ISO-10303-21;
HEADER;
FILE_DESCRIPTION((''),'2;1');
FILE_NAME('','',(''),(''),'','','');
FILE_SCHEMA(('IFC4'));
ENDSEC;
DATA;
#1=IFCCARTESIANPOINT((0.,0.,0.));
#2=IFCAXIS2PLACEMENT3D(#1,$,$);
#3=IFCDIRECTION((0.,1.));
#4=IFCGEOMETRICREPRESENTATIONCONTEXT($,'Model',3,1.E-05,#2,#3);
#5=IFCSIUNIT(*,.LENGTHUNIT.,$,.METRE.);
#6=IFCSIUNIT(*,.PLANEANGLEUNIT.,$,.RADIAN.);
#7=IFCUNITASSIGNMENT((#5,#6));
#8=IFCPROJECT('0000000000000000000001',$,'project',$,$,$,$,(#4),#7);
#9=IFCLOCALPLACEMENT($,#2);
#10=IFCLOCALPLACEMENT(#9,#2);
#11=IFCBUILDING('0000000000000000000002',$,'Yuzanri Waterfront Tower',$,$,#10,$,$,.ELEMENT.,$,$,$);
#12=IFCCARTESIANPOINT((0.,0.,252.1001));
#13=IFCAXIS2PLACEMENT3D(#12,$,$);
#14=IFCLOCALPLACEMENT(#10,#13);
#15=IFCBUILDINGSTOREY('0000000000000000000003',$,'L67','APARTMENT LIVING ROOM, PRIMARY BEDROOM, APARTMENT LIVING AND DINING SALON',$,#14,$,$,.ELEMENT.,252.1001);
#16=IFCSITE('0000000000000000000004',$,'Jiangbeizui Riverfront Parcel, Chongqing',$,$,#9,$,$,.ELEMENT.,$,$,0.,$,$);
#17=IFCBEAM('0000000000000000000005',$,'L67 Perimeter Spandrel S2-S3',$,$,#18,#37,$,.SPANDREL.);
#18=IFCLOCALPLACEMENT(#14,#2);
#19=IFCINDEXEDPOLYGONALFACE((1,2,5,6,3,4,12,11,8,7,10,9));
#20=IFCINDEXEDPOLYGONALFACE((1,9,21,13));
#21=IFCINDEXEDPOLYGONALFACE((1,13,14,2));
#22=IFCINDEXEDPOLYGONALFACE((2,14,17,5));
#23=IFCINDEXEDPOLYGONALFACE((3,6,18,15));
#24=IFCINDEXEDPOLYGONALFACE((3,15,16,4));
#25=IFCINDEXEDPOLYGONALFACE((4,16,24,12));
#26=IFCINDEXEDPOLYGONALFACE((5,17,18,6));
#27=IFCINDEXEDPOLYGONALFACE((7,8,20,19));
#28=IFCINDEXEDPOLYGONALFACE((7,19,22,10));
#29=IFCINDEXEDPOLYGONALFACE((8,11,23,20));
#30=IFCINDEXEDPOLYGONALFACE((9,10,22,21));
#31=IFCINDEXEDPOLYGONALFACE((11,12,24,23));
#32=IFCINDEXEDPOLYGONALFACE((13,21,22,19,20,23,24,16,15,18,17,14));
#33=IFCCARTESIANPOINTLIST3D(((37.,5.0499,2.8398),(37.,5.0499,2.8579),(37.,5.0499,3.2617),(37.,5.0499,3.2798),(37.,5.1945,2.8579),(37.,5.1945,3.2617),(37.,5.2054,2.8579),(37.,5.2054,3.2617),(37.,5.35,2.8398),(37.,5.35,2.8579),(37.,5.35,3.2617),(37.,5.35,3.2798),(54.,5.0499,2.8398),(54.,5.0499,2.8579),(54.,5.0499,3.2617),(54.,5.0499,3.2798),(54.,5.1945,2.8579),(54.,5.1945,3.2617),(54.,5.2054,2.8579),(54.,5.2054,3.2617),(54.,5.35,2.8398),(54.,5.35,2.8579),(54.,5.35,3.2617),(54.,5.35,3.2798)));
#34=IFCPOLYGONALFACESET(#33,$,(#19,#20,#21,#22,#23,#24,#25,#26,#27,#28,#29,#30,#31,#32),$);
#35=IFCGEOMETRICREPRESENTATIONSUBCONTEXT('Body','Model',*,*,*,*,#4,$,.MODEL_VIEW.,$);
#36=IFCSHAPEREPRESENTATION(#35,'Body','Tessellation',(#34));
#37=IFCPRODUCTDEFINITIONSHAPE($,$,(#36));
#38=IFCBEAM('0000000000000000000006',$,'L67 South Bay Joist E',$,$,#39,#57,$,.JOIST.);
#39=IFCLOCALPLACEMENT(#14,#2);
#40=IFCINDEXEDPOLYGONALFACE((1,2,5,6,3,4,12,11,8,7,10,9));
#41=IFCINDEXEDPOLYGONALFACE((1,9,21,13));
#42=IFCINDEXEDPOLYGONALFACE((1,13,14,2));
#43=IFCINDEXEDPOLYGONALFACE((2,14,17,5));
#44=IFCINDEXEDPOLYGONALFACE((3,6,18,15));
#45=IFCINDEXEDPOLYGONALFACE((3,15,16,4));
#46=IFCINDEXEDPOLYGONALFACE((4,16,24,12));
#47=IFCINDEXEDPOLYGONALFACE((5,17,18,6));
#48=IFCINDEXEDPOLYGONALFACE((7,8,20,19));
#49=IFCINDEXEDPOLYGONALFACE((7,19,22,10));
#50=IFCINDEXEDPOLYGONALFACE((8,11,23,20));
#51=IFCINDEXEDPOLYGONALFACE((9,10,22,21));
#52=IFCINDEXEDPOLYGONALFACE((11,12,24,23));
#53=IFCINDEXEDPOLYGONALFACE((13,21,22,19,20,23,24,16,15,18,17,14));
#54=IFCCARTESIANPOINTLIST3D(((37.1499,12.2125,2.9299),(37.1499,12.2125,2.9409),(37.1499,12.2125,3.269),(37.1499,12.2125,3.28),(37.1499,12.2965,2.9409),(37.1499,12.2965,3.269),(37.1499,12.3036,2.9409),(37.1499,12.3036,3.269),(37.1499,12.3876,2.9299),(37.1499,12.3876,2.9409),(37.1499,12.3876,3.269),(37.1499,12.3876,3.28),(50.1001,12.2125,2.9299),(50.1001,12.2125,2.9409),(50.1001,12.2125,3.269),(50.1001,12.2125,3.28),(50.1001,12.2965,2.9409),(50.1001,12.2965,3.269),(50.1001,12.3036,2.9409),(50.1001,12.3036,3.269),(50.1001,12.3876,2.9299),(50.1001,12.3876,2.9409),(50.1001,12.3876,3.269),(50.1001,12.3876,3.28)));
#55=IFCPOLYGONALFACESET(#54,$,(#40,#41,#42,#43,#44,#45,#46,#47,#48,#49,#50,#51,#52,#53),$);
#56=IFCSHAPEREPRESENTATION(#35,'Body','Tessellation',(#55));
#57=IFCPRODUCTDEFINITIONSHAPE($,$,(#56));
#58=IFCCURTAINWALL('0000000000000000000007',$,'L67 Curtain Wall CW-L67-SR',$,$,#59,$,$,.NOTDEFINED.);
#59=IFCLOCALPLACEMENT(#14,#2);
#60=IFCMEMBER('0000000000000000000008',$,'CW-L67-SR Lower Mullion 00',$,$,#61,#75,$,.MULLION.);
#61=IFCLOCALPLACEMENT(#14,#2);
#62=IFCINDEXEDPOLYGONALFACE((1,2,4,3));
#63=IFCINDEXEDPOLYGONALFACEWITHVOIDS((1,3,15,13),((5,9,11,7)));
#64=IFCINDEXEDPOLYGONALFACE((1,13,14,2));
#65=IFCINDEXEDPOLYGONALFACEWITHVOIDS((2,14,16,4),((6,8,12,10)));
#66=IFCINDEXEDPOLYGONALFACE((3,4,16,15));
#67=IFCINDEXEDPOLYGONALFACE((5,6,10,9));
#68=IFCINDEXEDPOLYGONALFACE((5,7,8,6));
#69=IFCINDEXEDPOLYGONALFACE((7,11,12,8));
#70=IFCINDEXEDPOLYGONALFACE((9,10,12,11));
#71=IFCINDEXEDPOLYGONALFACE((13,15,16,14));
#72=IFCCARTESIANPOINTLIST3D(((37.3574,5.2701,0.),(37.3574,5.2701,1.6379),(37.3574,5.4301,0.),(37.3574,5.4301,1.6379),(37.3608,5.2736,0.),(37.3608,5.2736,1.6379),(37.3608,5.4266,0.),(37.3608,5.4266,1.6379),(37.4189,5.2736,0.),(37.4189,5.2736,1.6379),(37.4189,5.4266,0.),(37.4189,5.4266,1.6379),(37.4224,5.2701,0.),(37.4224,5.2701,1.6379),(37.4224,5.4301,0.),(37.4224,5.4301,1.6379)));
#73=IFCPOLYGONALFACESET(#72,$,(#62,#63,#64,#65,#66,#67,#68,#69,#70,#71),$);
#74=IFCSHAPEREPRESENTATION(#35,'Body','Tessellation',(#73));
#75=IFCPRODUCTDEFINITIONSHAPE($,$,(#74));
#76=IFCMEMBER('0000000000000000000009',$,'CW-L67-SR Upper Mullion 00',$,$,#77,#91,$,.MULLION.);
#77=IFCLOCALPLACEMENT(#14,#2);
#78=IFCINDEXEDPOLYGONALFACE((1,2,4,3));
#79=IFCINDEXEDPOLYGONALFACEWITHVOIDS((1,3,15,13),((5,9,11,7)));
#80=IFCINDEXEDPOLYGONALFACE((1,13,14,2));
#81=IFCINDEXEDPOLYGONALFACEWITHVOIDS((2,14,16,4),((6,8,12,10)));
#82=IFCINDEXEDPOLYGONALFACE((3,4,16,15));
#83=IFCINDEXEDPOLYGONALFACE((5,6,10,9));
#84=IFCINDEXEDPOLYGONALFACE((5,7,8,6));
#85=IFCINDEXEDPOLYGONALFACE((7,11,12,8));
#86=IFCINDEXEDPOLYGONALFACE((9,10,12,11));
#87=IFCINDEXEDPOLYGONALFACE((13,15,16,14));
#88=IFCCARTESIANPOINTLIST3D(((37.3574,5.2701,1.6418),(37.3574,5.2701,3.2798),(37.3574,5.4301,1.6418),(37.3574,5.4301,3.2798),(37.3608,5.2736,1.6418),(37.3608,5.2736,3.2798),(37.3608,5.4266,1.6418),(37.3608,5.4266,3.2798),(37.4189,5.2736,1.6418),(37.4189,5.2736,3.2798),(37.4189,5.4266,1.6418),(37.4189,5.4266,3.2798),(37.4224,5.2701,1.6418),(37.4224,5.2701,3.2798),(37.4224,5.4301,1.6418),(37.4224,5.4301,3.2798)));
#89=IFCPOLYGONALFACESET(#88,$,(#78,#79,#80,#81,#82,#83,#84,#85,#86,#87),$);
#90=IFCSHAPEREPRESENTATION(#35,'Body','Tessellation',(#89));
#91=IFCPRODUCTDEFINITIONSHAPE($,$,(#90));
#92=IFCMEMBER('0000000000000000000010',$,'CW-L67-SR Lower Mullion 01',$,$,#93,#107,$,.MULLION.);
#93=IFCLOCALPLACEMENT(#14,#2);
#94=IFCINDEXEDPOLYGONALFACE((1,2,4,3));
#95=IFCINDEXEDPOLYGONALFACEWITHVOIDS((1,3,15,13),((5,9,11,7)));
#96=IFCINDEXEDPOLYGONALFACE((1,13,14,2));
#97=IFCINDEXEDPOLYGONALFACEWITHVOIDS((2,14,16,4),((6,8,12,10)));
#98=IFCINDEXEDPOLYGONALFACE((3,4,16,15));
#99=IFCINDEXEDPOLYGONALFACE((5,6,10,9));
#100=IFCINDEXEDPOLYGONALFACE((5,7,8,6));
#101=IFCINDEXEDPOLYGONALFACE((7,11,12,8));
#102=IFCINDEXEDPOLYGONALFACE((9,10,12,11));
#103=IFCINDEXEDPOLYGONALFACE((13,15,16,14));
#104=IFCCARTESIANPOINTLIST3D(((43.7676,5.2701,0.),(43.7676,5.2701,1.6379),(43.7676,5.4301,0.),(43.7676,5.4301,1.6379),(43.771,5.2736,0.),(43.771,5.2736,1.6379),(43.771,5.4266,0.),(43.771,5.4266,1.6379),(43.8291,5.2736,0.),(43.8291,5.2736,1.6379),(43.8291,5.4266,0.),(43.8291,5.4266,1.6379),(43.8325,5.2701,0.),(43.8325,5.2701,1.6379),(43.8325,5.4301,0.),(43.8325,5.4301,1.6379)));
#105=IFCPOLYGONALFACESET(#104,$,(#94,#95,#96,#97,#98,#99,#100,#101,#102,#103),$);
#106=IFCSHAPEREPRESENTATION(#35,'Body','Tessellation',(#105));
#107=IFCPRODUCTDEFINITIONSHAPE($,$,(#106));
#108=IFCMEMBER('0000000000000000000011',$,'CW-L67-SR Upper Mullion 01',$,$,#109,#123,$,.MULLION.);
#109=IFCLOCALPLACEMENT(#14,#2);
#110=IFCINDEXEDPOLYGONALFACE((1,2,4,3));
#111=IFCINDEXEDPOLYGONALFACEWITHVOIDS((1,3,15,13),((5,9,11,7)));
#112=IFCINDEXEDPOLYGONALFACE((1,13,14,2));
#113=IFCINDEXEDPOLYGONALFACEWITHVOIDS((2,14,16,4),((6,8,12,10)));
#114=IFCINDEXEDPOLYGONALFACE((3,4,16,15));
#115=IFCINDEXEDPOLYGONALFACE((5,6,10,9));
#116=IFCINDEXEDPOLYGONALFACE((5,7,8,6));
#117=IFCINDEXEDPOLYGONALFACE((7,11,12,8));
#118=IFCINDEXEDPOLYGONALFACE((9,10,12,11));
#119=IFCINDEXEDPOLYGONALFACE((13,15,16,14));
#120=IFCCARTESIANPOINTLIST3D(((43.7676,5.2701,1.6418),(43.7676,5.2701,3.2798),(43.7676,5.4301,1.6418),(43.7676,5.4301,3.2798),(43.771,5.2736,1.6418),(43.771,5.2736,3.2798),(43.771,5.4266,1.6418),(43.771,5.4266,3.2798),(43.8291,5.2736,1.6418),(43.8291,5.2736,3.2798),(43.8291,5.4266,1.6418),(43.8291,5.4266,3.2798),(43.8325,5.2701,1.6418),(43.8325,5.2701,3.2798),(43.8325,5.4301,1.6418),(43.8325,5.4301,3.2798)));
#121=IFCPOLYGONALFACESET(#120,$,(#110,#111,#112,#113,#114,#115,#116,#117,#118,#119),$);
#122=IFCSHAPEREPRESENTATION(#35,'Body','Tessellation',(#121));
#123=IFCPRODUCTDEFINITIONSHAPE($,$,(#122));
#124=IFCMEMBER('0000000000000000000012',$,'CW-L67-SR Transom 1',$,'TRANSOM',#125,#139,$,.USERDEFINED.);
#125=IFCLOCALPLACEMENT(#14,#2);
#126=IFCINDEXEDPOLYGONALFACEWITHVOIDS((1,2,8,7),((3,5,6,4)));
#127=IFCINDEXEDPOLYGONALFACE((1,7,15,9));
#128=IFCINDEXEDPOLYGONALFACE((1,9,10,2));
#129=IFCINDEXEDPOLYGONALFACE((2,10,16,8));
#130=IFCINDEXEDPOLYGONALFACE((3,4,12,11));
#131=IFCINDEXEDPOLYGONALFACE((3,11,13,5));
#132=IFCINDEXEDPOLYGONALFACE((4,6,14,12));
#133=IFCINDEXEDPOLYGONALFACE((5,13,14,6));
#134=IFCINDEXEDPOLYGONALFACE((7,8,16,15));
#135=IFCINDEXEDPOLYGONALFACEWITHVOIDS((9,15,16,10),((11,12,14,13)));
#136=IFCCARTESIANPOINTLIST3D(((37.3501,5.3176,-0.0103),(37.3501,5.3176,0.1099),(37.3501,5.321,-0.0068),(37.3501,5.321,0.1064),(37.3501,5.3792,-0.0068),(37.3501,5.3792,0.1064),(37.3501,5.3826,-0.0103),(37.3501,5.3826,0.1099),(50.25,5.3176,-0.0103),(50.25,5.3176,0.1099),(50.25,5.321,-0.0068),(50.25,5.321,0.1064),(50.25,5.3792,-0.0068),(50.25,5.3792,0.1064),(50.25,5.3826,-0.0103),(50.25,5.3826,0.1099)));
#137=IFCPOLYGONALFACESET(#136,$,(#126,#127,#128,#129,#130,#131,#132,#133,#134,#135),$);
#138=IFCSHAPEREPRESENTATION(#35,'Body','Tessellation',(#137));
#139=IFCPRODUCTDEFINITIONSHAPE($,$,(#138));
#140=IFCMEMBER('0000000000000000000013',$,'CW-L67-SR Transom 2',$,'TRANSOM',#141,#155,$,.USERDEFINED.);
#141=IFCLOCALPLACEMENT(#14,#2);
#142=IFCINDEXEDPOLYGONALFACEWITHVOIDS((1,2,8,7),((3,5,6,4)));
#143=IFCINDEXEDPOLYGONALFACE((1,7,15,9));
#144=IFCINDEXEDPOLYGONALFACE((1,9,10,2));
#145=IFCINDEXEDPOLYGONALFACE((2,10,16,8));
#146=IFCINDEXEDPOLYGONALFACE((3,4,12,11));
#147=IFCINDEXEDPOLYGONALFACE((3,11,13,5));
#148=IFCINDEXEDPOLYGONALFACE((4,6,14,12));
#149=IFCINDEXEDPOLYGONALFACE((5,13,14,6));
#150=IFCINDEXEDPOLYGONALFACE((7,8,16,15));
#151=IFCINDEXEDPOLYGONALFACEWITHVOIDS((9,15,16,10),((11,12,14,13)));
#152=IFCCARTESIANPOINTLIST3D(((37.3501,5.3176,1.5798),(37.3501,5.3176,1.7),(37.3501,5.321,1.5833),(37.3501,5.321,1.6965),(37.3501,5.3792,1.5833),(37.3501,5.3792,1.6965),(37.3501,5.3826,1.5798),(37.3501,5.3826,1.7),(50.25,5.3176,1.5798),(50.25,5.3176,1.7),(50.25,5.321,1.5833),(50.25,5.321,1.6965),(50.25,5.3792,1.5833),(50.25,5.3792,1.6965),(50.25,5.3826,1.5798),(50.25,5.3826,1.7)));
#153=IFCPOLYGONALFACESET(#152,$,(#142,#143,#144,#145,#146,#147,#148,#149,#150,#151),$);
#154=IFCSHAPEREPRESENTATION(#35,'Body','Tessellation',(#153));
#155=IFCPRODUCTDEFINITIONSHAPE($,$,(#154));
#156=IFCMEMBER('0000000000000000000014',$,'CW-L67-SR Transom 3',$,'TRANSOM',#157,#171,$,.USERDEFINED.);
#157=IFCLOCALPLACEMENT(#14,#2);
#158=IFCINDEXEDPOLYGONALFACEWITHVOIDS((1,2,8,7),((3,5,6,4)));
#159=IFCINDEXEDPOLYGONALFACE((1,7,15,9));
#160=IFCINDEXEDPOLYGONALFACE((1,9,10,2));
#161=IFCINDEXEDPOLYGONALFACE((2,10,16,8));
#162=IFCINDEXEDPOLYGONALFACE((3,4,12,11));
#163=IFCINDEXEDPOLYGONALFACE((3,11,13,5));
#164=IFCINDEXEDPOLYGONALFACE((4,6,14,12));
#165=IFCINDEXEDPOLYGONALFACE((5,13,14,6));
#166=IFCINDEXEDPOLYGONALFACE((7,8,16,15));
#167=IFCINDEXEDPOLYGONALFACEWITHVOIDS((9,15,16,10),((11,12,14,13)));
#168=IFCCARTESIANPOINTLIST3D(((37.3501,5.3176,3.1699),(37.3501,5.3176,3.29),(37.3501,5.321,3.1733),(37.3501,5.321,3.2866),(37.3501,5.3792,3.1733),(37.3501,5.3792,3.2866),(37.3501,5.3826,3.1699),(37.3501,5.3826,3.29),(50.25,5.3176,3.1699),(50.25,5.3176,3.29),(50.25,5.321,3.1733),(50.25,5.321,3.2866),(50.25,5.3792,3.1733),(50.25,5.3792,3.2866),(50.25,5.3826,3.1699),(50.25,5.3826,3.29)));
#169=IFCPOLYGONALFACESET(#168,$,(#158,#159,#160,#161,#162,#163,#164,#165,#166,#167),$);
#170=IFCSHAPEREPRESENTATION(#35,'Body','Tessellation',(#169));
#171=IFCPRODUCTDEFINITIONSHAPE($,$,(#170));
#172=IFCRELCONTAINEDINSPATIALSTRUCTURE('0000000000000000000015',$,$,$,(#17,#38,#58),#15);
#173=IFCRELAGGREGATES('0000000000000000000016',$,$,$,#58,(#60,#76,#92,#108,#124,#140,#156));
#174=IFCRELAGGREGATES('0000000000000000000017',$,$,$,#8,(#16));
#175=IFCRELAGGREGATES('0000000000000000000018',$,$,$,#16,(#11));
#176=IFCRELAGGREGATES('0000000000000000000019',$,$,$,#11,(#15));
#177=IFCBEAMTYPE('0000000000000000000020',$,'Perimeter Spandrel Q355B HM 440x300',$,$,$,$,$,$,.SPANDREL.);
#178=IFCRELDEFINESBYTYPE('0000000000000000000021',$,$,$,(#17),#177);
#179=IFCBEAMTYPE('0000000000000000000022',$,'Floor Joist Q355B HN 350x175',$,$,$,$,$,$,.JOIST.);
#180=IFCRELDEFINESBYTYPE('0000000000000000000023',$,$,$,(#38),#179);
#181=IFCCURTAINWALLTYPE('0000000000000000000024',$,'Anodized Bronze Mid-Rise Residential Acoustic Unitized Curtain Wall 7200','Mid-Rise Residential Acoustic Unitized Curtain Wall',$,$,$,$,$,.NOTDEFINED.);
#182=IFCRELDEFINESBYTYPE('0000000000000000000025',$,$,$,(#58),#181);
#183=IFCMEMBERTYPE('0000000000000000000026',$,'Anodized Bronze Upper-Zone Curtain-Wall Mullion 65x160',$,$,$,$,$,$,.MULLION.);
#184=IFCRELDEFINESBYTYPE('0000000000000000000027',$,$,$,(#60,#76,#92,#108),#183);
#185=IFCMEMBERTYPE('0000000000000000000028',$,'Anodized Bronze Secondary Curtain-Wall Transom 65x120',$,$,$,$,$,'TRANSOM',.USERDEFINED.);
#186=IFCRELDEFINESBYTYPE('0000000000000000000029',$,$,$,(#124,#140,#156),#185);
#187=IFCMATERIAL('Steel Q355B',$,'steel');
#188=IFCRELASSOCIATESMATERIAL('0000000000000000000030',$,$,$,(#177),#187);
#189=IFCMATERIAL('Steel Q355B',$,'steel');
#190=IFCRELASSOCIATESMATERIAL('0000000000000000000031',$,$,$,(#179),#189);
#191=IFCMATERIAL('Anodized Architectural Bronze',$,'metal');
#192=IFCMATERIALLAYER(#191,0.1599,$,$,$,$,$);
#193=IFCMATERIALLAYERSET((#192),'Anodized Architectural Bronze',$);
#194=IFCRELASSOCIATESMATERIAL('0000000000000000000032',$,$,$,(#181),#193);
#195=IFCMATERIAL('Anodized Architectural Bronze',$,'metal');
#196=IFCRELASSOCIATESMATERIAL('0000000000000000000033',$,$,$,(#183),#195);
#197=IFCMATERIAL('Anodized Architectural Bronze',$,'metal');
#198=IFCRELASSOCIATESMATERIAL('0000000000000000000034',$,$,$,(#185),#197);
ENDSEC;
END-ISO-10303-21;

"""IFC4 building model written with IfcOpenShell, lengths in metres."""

from ifc_helpers import new_model, si_unit, direction, frame, origin, origin_2d, place, context, subcontext, project, spatial, hollow_rectangle, i_section, extrude, source, transform, mapped, material, layer, layer_set, material_profile, profile_set, type_object, element, aggregate, save


model = new_model("IFC4")

# Units and contexts
model_context = context("Model", 3, precision=1e-05, world=origin(), true_north=direction((0.0, 1.0)))
body_context = subcontext(model_context, "Body", "Model", "MODEL_VIEW")
ifc_project = project(units=[si_unit("LENGTHUNIT", "METRE"), si_unit("PLANEANGLEUNIT", "RADIAN")], contexts=[model_context])

# Site, building, storey
site_placement = place(None, origin())
site = spatial("IfcSite", under=ifc_project, at=site_placement, Name="Jiangbeizui Riverfront Parcel, Chongqing", CompositionType="ELEMENT", RefElevation=0.0)
building_placement = place(site_placement, origin())
building = spatial("IfcBuilding", under=site, at=building_placement, Name="Yuzanri Waterfront Tower", CompositionType="ELEMENT")
storey_placement = place(building_placement, frame((0.0, 0.0, 252.1001)))
storey = spatial("IfcBuildingStorey", under=building, at=storey_placement, Name="L67", Description="APARTMENT LIVING ROOM, PRIMARY BEDROOM, APARTMENT LIVING AND DINING SALON", CompositionType="ELEMENT", Elevation=252.1001)

# Beams
ifc_material_1 = material(Name="Steel Q355B", Category="steel")
ifc_material_profile_1 = material_profile(ifc_material_1, i_section(OverallWidth=0.3, OverallDepth=0.4399, WebThickness=0.011, FlangeThickness=0.0181, at=origin_2d()), Name="HM 440x300x11x18")
ifc_profile_set_1 = profile_set([ifc_material_profile_1], Name="Steel Q355B")
beam_type_1 = type_object("IfcBeamType", Name="Perimeter Spandrel Q355B HM 440x300", PredefinedType="SPANDREL", material=ifc_profile_set_1)
shared_shape_1 = source(origin(), body_context, "Body", "SweptSolid", [
    extrude(i_section(OverallWidth=0.3, OverallDepth=0.4399, WebThickness=0.011, FlangeThickness=0.0181, at=origin_2d()), origin(), (0.0, 0.0, 1.0), 17.0),
])
beam_1_placement = place(storey_placement, frame((37.0, 5.2, 3.0598), z_axis=(1.0, 0.0, 0.0), x_axis=(0.0, 1.0, 0.0)))
element("IfcBeam", 1, at=beam_1_placement, inside=storey, type_object=beam_type_1, Name="L67 Perimeter Spandrel S2-S3", PredefinedType="SPANDREL", context=body_context, shape_type="MappedRepresentation", body=[
    mapped(shared_shape_1, transform((0.0, 0.0, 0.0), scale=1.0)),
])
ifc_material_2 = material(Name="Steel Q355B", Category="steel")
ifc_material_profile_2 = material_profile(ifc_material_2, i_section(OverallWidth=0.175, OverallDepth=0.3501, WebThickness=0.0071, FlangeThickness=0.011, at=origin_2d()), Name="HN 350x175x7x11")
ifc_profile_set_2 = profile_set([ifc_material_profile_2], Name="Steel Q355B")
beam_type_2 = type_object("IfcBeamType", Name="Floor Joist Q355B HN 350x175", PredefinedType="JOIST", material=ifc_profile_set_2)
shared_shape_2 = source(origin(), body_context, "Body", "SweptSolid", [
    extrude(i_section(OverallWidth=0.175, OverallDepth=0.3501, WebThickness=0.0071, FlangeThickness=0.011, at=origin_2d()), origin(), (0.0, 0.0, 1.0), 12.9502),
])
beam_2_placement = place(storey_placement, frame((37.1499, 12.3, 3.105), z_axis=(1.0, 0.0, 0.0), x_axis=(0.0, 1.0, 0.0)))
element("IfcBeam", 2, at=beam_2_placement, inside=storey, type_object=beam_type_2, Name="L67 South Bay Joist E", PredefinedType="JOIST", context=body_context, shape_type="MappedRepresentation", body=[
    mapped(shared_shape_2, transform((0.0, 0.0, 0.0), scale=1.0)),
])

# Curtain wall, members
ifc_material_3 = material(Name="Anodized Architectural Bronze", Category="metal")
ifc_layer_1 = layer(ifc_material_3, 0.1599)
ifc_layer_set_1 = layer_set([ifc_layer_1], Name="Anodized Architectural Bronze")
curtain_wall_type = type_object("IfcCurtainWallType", Name="Anodized Bronze Mid-Rise Residential Acoustic Unitized Curtain Wall 7200", Description="Mid-Rise Residential Acoustic Unitized Curtain Wall", PredefinedType="NOTDEFINED", material=ifc_layer_set_1)
curtain_wall_placement = place(storey_placement, origin())
curtain_wall = element("IfcCurtainWall", 3, at=curtain_wall_placement, inside=storey, type_object=curtain_wall_type, Name="L67 Curtain Wall CW-L67-SR", PredefinedType="NOTDEFINED")
ifc_material_4 = material(Name="Anodized Architectural Bronze", Category="metal")
ifc_material_profile_3 = material_profile(ifc_material_4, hollow_rectangle(XDim=0.0649, YDim=0.1599, WallThickness=0.0034, at=origin_2d()), Name="CWM 65x160")
ifc_profile_set_3 = profile_set([ifc_material_profile_3], Name="Anodized Architectural Bronze")
member_type_1 = type_object("IfcMemberType", Name="Anodized Bronze Upper-Zone Curtain-Wall Mullion 65x160", PredefinedType="MULLION", material=ifc_profile_set_3)
shared_shape_3 = source(origin(), body_context, "Body", "SweptSolid", [
    extrude(hollow_rectangle(XDim=0.0649, YDim=0.1599, WallThickness=0.0034, at=origin_2d()), origin(), (0.0, 0.0, 1.0), 1.6379),
])
member_1_placement = place(storey_placement, frame((37.3899, 5.3501, 0.0), z_axis=(0.0, 0.0, 1.0), x_axis=(1.0, 0.0, 0.0)))
member_1 = element("IfcMember", 4, at=member_1_placement, type_object=member_type_1, Name="CW-L67-SR Lower Mullion 00", PredefinedType="MULLION", context=body_context, shape_type="MappedRepresentation", body=[
    mapped(shared_shape_3, transform((0.0, 0.0, 0.0), scale=1.0)),
])
member_2_placement = place(storey_placement, frame((37.3899, 5.3501, 1.6418), z_axis=(0.0, 0.0, 1.0), x_axis=(1.0, 0.0, 0.0)))
member_2 = element("IfcMember", 5, at=member_2_placement, type_object=member_type_1, Name="CW-L67-SR Upper Mullion 00", PredefinedType="MULLION", context=body_context, shape_type="MappedRepresentation", body=[
    mapped(shared_shape_3, transform((0.0, 0.0, 0.0), scale=1.0)),
])
member_3_placement = place(storey_placement, frame((43.8, 5.3501, 0.0), z_axis=(0.0, 0.0, 1.0), x_axis=(1.0, 0.0, 0.0)))
member_3 = element("IfcMember", 6, at=member_3_placement, type_object=member_type_1, Name="CW-L67-SR Lower Mullion 01", PredefinedType="MULLION", context=body_context, shape_type="MappedRepresentation", body=[
    mapped(shared_shape_3, transform((0.0, 0.0, 0.0), scale=1.0)),
])
member_4_placement = place(storey_placement, frame((43.8, 5.3501, 1.6418), z_axis=(0.0, 0.0, 1.0), x_axis=(1.0, 0.0, 0.0)))
member_4 = element("IfcMember", 7, at=member_4_placement, type_object=member_type_1, Name="CW-L67-SR Upper Mullion 01", PredefinedType="MULLION", context=body_context, shape_type="MappedRepresentation", body=[
    mapped(shared_shape_3, transform((0.0, 0.0, 0.0), scale=1.0)),
])
ifc_material_5 = material(Name="Anodized Architectural Bronze", Category="metal")
ifc_material_profile_4 = material_profile(ifc_material_5, hollow_rectangle(XDim=0.0649, YDim=0.1201, WallThickness=0.0034, at=origin_2d()), Name="CWT 65x120")
ifc_profile_set_4 = profile_set([ifc_material_profile_4], Name="Anodized Architectural Bronze")
member_type_2 = type_object("IfcMemberType", Name="Anodized Bronze Secondary Curtain-Wall Transom 65x120", ElementType="TRANSOM", PredefinedType="USERDEFINED", material=ifc_profile_set_4)
shared_shape_4 = source(origin(), body_context, "Body", "SweptSolid", [
    extrude(hollow_rectangle(XDim=0.0649, YDim=0.1201, WallThickness=0.0034, at=origin_2d()), origin(), (0.0, 0.0, 1.0), 12.8999),
])
member_5_placement = place(storey_placement, frame((37.3501, 5.3501, 0.0498), z_axis=(1.0, 0.0, 0.0), x_axis=(0.0, 1.0, 0.0)))
member_5 = element("IfcMember", 8, at=member_5_placement, type_object=member_type_2, Name="CW-L67-SR Transom 1", ObjectType="TRANSOM", PredefinedType="USERDEFINED", context=body_context, shape_type="MappedRepresentation", body=[
    mapped(shared_shape_4, transform((0.0, 0.0, 0.0), scale=1.0)),
])
member_6_placement = place(storey_placement, frame((37.3501, 5.3501, 1.6399), z_axis=(1.0, 0.0, 0.0), x_axis=(0.0, 1.0, 0.0)))
member_6 = element("IfcMember", 9, at=member_6_placement, type_object=member_type_2, Name="CW-L67-SR Transom 2", ObjectType="TRANSOM", PredefinedType="USERDEFINED", context=body_context, shape_type="MappedRepresentation", body=[
    mapped(shared_shape_4, transform((0.0, 0.0, 0.0), scale=1.0)),
])
member_7_placement = place(storey_placement, frame((37.3501, 5.3501, 3.23), z_axis=(1.0, 0.0, 0.0), x_axis=(0.0, 1.0, 0.0)))
member_7 = element("IfcMember", 10, at=member_7_placement, type_object=member_type_2, Name="CW-L67-SR Transom 3", ObjectType="TRANSOM", PredefinedType="USERDEFINED", context=body_context, shape_type="MappedRepresentation", body=[
    mapped(shared_shape_4, transform((0.0, 0.0, 0.0), scale=1.0)),
])
aggregate(curtain_wall, [member_1, member_2, member_3, member_4, member_5, member_6, member_7])

save(model, "model.ifc")
